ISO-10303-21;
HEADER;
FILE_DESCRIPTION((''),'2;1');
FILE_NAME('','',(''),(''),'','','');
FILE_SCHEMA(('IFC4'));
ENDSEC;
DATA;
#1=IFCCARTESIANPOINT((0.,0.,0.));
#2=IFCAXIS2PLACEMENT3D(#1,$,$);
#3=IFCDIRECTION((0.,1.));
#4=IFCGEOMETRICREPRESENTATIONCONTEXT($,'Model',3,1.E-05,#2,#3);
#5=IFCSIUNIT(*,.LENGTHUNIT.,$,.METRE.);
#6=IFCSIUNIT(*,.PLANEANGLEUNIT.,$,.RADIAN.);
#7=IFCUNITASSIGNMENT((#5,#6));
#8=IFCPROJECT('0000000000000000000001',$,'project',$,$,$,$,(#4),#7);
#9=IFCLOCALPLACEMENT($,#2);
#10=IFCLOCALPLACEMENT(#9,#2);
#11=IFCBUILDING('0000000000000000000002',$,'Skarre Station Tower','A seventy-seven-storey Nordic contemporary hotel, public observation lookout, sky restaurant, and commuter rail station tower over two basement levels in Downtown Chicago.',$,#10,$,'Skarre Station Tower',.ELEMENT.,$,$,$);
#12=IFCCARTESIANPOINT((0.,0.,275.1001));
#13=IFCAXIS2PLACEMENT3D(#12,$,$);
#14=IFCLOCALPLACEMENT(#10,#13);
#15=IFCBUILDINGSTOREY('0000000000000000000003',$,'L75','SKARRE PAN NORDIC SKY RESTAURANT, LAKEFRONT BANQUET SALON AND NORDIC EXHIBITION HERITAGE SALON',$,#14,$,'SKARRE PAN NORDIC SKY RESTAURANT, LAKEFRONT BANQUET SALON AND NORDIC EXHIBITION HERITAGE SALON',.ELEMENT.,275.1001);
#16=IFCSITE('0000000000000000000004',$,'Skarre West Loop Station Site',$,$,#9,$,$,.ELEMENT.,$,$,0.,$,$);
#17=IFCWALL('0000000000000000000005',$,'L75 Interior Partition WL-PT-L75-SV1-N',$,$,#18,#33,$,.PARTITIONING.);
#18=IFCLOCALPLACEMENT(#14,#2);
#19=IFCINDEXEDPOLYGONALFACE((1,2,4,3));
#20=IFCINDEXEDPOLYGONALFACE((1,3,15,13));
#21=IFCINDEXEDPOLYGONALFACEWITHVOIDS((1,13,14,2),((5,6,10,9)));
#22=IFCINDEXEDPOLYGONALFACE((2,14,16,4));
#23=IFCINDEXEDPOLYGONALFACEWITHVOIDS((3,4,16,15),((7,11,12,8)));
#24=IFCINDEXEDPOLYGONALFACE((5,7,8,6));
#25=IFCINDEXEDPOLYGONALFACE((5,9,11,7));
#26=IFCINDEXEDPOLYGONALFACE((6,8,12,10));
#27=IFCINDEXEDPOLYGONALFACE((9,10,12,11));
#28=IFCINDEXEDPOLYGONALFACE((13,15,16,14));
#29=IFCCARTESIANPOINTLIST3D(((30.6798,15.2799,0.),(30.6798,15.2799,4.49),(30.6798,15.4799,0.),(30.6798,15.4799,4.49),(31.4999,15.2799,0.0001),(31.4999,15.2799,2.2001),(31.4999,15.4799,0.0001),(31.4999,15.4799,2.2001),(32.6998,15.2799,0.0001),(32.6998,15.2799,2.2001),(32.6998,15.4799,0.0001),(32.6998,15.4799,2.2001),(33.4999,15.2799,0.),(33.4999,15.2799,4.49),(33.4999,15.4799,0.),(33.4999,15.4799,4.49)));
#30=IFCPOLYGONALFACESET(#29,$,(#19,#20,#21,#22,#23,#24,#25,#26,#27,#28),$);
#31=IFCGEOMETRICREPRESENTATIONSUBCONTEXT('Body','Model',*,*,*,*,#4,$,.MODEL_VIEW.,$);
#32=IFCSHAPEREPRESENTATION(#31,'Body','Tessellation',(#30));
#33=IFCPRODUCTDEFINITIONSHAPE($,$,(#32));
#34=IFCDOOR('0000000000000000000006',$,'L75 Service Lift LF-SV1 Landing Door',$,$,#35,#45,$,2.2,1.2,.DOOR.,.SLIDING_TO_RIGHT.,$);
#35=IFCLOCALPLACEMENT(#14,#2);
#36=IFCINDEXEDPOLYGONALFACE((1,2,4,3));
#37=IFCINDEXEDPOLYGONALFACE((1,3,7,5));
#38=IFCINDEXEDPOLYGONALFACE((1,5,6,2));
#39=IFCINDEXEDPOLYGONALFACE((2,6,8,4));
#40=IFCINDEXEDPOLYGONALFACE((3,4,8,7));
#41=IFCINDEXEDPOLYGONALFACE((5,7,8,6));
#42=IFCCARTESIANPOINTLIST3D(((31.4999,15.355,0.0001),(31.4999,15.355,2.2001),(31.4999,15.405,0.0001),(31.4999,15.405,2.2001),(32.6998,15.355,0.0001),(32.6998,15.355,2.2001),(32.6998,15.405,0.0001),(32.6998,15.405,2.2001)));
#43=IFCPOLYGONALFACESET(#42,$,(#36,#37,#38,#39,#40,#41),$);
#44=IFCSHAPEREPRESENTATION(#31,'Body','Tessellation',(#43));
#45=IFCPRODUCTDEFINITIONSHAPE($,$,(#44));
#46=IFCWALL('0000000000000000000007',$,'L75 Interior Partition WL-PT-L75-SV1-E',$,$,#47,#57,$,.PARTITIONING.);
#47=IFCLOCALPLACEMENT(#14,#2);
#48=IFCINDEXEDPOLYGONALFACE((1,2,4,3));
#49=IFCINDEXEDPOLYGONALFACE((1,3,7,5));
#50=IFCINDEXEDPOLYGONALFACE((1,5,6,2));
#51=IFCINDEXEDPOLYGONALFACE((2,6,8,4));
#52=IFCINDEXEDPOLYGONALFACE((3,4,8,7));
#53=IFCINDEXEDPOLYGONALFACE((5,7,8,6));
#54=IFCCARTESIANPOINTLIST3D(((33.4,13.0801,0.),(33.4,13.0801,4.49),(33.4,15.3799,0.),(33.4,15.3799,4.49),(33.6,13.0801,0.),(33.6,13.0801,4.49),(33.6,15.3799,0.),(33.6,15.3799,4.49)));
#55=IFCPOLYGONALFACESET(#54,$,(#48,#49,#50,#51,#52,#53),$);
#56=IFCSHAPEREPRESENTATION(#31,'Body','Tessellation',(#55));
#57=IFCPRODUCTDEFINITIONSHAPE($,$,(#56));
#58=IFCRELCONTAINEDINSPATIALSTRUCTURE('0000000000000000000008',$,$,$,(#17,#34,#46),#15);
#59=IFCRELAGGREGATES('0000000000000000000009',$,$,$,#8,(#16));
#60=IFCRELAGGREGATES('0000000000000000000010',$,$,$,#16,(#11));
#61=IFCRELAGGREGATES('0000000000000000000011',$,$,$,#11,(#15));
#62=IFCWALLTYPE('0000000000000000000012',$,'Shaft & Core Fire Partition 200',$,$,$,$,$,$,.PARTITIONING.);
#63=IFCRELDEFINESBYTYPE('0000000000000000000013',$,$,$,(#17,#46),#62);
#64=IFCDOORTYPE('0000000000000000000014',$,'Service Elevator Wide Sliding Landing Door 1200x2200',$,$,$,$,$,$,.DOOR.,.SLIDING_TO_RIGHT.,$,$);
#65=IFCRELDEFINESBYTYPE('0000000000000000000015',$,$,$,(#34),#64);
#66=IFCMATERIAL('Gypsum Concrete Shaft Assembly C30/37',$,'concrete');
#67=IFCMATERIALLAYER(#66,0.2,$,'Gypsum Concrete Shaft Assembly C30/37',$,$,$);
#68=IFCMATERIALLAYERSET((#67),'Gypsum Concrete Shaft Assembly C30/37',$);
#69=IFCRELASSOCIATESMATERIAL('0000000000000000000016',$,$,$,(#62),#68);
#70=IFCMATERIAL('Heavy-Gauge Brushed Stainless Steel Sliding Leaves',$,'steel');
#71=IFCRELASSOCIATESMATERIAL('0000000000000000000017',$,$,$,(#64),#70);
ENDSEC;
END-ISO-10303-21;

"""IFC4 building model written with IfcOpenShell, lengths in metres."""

from ifc_helpers import new_model, si_unit, direction, frame, frame_2d, origin, place, context, subcontext, project, spatial, rectangle, extrude, material, layer, layer_set, type_object, element, fill, save


model = new_model("IFC4")

# Units and contexts
model_context = context("Model", 3, precision=1e-05, world=origin(), true_north=direction((0.0, 1.0)))
body_context = subcontext(model_context, "Body", "Model", "MODEL_VIEW")
ifc_project = project(units=[si_unit("LENGTHUNIT", "METRE"), si_unit("PLANEANGLEUNIT", "RADIAN")], contexts=[model_context])

# Site, building, storey
site_placement = place(None, origin())
site = spatial("IfcSite", under=ifc_project, at=site_placement, Name="Skarre West Loop Station Site", CompositionType="ELEMENT", RefElevation=0.0)
building_placement = place(site_placement, origin())
building = spatial("IfcBuilding", under=site, at=building_placement, Name="Skarre Station Tower", Description="A seventy-seven-storey Nordic contemporary hotel, public observation lookout, sky restaurant, and commuter rail station tower over two basement levels in Downtown Chicago.", LongName="Skarre Station Tower", CompositionType="ELEMENT")
storey_placement = place(building_placement, frame((0.0, 0.0, 275.1001)))
storey = spatial("IfcBuildingStorey", under=building, at=storey_placement, Name="L75", Description="SKARRE PAN NORDIC SKY RESTAURANT, LAKEFRONT BANQUET SALON AND NORDIC EXHIBITION HERITAGE SALON", LongName="SKARRE PAN NORDIC SKY RESTAURANT, LAKEFRONT BANQUET SALON AND NORDIC EXHIBITION HERITAGE SALON", CompositionType="ELEMENT", Elevation=275.1001)

# Wall, opening, door
ifc_material_1 = material(Name="Gypsum Concrete Shaft Assembly C30/37", Category="concrete")
ifc_layer_1 = layer(ifc_material_1, 0.2, Name="Gypsum Concrete Shaft Assembly C30/37")
ifc_layer_set_1 = layer_set([ifc_layer_1], Name="Gypsum Concrete Shaft Assembly C30/37")
wall_type_1 = type_object("IfcWallType", Name="Shaft & Core Fire Partition 200", PredefinedType="PARTITIONING", material=ifc_layer_set_1)
wall_1_placement = place(storey_placement, frame((33.5, 15.3799, 0.0), z_axis=(0.0, 0.0, 1.0), x_axis=(-1.0, 0.0, 0.0)))
wall_1 = element("IfcWall", 1, at=wall_1_placement, inside=storey, type_object=wall_type_1, Name="L75 Interior Partition WL-PT-L75-SV1-N", PredefinedType="PARTITIONING", context=body_context, shape_type="SweptSolid", body=[
    extrude(rectangle(XDim=2.8201, YDim=0.2, at=frame_2d((1.4102, 0.0))), origin(), (0.0, 0.0, 1.0), 4.49),
])
opening_1_placement = place(wall_1_placement, frame((0.8, 0.0, 0.0)))
opening_1 = element("IfcOpeningElement", 2, at=opening_1_placement, cuts=wall_1, PredefinedType="OPENING", context=body_context, shape_type="SweptSolid", body=[
    extrude(rectangle(XDim=1.2, YDim=2.2, at=frame_2d((0.6001, 1.1001))), frame((0.0, 0.1099, 0.0), z_axis=(0.0, -1.0, 0.0), x_axis=(1.0, 0.0, 0.0)), (0.0, 0.0, 1.0), 0.22),
])
ifc_material_2 = material(Name="Heavy-Gauge Brushed Stainless Steel Sliding Leaves", Category="steel")
door_type_1 = type_object("IfcDoorType", Name="Service Elevator Wide Sliding Landing Door 1200x2200", OperationType="SLIDING_TO_RIGHT", PredefinedType="DOOR", material=ifc_material_2)
door_1_placement = place(opening_1_placement, origin())
door_1 = element("IfcDoor", 3, at=door_1_placement, inside=storey, type_object=door_type_1, Name="L75 Service Lift LF-SV1 Landing Door", OperationType="SLIDING_TO_RIGHT", OverallHeight=2.2, OverallWidth=1.2, PredefinedType="DOOR", context=body_context, shape_type="SweptSolid", body=[
    extrude(rectangle(XDim=1.2, YDim=2.2, at=frame_2d((0.6001, 1.1001))), frame((0.0, 0.0249, 0.0), z_axis=(0.0, -1.0, 0.0), x_axis=(1.0, 0.0, 0.0)), (0.0, 0.0, 1.0), 0.05),
])
fill(opening_1, door_1)

# Wall
wall_2_placement = place(storey_placement, frame((33.5, 13.0801, 0.0), z_axis=(0.0, 0.0, 1.0), x_axis=(0.0, 1.0, 0.0)))
element("IfcWall", 4, at=wall_2_placement, inside=storey, type_object=wall_type_1, Name="L75 Interior Partition WL-PT-L75-SV1-E", PredefinedType="PARTITIONING", context=body_context, shape_type="SweptSolid", body=[
    extrude(rectangle(XDim=2.2998, YDim=0.2, at=frame_2d((1.1499, 0.0))), origin(), (0.0, 0.0, 1.0), 4.49),
])

save(model, "model.ifc")
